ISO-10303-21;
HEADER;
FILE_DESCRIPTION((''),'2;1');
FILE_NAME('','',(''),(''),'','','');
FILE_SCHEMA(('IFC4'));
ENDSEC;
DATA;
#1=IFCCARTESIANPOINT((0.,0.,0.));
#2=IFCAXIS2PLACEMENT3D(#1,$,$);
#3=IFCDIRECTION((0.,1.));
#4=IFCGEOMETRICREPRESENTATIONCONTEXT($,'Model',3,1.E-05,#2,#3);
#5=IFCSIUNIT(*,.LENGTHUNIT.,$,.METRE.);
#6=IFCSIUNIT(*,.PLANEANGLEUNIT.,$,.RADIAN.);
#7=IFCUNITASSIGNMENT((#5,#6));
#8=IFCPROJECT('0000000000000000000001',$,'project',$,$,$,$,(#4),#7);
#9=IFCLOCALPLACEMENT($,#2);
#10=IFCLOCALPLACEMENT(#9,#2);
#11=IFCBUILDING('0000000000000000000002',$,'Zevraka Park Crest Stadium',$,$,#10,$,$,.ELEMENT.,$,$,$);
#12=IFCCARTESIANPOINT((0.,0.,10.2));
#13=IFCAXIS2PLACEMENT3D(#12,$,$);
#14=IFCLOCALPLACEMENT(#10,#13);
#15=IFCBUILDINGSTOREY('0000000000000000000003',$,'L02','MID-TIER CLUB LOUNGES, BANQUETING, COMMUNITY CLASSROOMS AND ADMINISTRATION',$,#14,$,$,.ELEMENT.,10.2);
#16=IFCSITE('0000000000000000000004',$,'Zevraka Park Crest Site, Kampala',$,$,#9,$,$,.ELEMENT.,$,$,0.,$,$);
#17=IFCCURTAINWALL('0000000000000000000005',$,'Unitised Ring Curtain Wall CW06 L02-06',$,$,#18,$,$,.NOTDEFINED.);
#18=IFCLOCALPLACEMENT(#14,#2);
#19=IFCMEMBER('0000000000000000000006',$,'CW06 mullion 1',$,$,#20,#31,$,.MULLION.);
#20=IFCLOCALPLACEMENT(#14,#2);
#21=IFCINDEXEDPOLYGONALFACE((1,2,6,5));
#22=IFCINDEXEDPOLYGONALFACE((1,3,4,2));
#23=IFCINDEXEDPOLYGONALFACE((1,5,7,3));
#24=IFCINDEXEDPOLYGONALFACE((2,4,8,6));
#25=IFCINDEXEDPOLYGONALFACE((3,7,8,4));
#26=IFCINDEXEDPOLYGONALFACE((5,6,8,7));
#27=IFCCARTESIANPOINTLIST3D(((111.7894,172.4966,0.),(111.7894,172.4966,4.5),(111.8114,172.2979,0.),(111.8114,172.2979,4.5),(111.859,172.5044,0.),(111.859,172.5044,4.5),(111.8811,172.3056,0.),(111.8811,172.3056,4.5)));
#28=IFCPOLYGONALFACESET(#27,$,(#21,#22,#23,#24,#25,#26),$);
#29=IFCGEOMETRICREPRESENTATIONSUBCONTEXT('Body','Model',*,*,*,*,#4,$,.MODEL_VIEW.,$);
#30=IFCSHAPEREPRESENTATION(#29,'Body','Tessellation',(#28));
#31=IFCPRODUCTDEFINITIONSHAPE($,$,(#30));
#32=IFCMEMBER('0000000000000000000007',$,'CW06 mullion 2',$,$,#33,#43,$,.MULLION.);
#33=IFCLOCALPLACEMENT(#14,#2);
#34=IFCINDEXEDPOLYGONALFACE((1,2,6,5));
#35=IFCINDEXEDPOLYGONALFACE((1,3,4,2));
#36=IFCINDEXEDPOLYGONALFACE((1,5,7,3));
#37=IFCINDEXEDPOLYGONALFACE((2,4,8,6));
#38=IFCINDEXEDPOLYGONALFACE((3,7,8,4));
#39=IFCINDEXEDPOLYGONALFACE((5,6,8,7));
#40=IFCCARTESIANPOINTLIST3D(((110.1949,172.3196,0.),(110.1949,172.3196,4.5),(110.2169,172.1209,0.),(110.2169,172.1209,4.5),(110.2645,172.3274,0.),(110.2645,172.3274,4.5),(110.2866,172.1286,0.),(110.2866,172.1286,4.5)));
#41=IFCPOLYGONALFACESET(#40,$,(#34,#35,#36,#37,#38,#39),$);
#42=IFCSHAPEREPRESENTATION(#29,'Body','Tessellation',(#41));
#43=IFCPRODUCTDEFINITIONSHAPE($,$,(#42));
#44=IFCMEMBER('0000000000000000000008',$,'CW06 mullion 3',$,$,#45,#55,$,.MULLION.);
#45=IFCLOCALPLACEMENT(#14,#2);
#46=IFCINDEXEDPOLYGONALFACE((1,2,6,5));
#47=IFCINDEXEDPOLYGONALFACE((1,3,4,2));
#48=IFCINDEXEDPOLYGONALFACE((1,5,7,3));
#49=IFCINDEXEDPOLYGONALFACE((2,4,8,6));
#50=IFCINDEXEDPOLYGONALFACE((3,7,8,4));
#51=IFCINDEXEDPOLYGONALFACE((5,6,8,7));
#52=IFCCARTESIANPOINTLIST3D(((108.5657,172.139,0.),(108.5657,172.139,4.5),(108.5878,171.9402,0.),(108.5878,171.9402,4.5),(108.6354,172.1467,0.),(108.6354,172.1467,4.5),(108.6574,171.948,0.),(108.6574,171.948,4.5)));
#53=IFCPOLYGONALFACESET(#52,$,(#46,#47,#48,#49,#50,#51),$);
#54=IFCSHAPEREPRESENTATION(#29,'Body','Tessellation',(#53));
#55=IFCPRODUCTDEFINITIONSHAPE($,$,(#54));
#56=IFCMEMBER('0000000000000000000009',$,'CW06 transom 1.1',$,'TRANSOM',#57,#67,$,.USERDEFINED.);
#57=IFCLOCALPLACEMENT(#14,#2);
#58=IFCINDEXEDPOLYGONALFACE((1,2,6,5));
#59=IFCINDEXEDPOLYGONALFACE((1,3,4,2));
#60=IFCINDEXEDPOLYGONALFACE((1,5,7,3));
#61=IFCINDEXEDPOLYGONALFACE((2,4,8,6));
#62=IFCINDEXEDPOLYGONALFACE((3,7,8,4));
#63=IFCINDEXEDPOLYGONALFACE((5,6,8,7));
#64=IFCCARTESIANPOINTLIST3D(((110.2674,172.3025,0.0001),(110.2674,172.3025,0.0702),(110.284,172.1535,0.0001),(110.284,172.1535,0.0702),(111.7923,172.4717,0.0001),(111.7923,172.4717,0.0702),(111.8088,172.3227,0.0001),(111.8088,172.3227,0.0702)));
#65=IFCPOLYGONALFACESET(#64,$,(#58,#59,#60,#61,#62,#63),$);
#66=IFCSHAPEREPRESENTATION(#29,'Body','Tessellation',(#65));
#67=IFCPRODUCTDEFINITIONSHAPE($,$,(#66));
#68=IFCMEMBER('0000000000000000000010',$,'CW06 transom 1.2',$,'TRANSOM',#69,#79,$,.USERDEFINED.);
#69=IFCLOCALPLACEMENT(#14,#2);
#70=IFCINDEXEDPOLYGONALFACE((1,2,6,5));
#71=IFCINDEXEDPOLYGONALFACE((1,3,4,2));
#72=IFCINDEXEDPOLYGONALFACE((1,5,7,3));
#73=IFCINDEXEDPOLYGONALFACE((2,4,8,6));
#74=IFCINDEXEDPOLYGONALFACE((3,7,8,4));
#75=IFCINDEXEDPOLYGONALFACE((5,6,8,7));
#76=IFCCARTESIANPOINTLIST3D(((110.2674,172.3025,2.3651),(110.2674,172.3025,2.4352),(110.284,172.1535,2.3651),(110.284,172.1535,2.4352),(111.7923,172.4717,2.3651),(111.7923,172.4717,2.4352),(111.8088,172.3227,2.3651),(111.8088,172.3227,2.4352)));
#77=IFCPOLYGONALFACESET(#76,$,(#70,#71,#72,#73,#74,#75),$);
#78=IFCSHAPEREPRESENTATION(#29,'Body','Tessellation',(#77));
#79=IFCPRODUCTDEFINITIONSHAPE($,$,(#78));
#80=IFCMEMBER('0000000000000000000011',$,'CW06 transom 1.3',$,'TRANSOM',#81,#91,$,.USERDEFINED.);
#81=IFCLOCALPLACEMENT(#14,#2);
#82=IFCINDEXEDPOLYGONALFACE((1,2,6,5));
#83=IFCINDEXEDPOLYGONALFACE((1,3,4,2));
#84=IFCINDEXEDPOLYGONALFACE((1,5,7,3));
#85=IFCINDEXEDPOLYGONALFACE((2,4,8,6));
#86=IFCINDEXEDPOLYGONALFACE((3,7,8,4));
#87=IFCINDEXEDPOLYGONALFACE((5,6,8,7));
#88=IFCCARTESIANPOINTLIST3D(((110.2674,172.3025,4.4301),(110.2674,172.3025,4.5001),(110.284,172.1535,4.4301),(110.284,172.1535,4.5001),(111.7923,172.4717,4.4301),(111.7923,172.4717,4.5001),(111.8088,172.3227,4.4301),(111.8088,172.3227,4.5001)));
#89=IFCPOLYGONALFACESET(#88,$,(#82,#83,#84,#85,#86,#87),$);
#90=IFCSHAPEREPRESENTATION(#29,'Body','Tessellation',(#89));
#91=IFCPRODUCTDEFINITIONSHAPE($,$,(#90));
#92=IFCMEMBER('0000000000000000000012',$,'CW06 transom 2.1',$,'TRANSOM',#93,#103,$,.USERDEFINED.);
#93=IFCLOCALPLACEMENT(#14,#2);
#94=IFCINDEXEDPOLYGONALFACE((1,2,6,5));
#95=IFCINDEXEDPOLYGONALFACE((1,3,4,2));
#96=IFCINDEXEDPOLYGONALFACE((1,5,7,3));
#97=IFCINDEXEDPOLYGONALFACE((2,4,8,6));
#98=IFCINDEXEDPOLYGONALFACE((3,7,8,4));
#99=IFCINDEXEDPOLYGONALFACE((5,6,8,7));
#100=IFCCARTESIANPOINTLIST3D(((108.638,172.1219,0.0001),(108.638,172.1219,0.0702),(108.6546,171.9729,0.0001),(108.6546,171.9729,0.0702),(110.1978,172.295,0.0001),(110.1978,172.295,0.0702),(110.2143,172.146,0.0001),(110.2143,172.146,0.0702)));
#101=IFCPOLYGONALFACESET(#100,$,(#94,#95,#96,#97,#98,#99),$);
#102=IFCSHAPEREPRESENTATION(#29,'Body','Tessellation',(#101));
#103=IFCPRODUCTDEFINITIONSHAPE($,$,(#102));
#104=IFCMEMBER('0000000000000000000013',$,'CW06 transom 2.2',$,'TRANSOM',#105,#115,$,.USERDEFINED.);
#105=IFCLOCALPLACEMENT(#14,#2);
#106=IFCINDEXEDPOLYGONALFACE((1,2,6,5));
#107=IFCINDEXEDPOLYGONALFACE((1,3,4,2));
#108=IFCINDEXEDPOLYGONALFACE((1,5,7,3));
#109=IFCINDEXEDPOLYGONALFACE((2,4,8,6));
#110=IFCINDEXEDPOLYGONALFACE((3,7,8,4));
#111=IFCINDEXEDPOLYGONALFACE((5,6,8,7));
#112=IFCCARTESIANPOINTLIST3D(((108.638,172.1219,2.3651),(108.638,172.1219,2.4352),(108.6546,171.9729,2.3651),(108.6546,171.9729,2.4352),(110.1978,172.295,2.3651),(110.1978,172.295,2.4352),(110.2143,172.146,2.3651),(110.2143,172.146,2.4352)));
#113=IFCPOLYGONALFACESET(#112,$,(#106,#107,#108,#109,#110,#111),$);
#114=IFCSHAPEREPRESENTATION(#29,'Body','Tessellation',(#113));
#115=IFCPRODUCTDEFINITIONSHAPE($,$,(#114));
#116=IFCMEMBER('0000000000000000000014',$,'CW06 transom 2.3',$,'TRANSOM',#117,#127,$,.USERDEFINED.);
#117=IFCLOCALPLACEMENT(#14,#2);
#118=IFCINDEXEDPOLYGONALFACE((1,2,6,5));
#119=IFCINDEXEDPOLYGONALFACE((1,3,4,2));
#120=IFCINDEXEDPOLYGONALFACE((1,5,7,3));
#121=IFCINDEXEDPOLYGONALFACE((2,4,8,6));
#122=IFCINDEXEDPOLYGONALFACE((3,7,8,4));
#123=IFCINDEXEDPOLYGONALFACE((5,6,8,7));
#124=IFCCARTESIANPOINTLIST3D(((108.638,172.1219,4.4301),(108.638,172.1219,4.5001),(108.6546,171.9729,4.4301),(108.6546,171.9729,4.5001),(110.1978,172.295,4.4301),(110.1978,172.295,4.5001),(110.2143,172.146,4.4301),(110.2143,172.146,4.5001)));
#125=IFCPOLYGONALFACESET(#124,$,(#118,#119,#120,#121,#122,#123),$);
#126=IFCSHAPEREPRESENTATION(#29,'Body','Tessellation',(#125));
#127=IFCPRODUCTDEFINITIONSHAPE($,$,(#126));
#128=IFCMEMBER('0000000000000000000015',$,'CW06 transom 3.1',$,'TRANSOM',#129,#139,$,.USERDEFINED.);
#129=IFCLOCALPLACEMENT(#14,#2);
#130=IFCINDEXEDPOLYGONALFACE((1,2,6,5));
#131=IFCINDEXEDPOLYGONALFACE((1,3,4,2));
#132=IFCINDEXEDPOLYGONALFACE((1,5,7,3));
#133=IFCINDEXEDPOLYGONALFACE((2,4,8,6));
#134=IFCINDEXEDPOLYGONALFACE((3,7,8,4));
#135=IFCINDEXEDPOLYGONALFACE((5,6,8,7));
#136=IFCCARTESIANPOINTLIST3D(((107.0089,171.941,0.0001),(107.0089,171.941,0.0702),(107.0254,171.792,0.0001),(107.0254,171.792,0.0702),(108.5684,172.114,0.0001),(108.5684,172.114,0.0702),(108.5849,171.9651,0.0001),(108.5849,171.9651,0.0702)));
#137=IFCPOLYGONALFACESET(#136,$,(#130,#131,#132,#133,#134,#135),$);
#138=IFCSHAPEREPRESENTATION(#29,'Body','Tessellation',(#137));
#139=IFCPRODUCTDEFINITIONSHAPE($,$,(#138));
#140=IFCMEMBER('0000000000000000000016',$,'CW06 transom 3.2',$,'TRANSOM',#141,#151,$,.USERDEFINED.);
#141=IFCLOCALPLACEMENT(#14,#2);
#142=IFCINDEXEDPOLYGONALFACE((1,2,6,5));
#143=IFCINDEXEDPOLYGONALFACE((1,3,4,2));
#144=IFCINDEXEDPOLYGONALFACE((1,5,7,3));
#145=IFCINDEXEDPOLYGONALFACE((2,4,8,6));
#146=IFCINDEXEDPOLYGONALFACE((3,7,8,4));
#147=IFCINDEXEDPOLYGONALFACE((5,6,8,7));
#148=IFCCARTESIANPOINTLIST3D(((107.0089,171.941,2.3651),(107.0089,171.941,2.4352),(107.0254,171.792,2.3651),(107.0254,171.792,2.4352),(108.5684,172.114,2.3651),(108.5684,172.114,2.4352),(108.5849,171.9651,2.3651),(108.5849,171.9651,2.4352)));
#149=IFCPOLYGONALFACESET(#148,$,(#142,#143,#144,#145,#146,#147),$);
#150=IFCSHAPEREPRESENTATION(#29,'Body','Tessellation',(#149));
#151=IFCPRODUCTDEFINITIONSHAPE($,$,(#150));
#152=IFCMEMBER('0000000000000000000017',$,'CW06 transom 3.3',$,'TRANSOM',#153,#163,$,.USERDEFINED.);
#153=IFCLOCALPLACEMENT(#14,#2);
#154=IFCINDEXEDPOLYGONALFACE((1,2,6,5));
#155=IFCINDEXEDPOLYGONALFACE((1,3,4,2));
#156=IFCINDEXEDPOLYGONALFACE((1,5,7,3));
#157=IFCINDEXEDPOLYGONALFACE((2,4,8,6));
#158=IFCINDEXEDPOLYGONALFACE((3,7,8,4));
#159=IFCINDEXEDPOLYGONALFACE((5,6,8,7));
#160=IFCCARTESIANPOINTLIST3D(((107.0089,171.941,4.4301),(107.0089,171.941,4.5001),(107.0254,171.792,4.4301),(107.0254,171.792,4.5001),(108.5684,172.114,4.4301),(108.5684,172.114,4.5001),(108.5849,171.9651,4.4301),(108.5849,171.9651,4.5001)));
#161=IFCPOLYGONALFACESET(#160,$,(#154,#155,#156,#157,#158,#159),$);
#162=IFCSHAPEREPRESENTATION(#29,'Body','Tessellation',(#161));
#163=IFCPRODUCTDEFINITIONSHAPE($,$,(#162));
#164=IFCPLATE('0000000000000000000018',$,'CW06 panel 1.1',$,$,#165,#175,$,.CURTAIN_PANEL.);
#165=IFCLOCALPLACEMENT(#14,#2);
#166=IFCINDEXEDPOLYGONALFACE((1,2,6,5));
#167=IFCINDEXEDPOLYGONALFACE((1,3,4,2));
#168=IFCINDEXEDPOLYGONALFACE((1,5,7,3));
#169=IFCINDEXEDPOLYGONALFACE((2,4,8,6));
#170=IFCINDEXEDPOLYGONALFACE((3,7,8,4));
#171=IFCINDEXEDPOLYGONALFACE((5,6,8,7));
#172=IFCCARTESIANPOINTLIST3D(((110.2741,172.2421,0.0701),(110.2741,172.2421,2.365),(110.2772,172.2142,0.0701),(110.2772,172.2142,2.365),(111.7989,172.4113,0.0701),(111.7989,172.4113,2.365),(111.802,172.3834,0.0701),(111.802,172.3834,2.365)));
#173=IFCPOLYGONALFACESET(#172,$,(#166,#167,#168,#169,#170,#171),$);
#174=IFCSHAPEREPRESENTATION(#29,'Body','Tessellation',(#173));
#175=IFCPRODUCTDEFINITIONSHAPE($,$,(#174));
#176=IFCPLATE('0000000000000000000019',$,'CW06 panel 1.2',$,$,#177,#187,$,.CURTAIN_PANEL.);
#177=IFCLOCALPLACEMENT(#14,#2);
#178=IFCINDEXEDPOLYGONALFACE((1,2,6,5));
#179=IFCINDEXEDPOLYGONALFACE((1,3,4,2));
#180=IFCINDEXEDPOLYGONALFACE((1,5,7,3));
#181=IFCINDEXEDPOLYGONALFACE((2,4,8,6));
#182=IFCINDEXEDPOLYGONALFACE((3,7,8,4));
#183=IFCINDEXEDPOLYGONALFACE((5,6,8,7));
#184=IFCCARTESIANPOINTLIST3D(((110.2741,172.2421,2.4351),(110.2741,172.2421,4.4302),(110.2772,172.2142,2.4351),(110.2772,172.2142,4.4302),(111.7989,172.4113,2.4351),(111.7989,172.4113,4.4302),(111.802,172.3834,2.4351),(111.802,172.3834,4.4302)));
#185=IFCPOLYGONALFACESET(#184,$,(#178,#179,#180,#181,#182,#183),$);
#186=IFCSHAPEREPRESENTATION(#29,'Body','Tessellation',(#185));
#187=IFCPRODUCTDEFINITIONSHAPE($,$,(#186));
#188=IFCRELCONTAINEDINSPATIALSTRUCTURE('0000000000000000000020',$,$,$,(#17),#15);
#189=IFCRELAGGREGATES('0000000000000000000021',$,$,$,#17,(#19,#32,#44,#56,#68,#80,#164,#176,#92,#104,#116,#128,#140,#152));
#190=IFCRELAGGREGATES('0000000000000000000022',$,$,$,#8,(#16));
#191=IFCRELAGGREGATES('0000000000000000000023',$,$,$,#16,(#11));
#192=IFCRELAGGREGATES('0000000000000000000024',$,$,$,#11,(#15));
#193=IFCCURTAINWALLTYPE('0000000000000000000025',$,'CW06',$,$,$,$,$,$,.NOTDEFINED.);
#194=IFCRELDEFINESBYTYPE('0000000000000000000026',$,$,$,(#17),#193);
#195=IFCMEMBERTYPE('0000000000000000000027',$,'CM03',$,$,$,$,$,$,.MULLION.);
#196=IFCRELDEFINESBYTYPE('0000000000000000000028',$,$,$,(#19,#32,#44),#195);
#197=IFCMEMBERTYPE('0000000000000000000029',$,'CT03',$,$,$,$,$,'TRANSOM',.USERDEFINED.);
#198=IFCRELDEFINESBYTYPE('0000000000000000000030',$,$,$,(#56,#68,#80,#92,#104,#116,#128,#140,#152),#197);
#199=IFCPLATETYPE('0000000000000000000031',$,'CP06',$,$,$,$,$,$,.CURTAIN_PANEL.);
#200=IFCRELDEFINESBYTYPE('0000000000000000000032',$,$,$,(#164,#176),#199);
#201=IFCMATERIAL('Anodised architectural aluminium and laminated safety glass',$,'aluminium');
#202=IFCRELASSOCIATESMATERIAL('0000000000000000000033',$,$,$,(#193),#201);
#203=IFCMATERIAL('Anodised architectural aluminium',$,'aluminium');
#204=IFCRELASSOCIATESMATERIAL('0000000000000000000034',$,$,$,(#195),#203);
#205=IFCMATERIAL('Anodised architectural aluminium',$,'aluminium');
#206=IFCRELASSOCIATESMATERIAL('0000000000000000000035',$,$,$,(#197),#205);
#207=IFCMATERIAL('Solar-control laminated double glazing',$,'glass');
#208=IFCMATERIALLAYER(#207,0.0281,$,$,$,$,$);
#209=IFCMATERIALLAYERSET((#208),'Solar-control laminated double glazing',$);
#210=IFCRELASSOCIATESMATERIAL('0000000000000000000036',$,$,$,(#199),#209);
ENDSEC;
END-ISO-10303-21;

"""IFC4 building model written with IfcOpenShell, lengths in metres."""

from ifc_helpers import new_model, si_unit, direction, frame, origin, origin_2d, place, context, subcontext, project, spatial, rectangle, extrude, material, layer, layer_set, material_profile, profile_set, type_object, element, aggregate, save


model = new_model("IFC4")

# Units and contexts
model_context = context("Model", 3, precision=1e-05, world=origin(), true_north=direction((0.0, 1.0)))
body_context = subcontext(model_context, "Body", "Model", "MODEL_VIEW")
ifc_project = project(units=[si_unit("LENGTHUNIT", "METRE"), si_unit("PLANEANGLEUNIT", "RADIAN")], contexts=[model_context])

# Site, building, storey
site_placement = place(None, origin())
site = spatial("IfcSite", under=ifc_project, at=site_placement, Name="Zevraka Park Crest Site, Kampala", CompositionType="ELEMENT", RefElevation=0.0)
building_placement = place(site_placement, origin())
building = spatial("IfcBuilding", under=site, at=building_placement, Name="Zevraka Park Crest Stadium", CompositionType="ELEMENT")
storey_placement = place(building_placement, frame((0.0, 0.0, 10.2)))
storey = spatial("IfcBuildingStorey", under=building, at=storey_placement, Name="L02", Description="MID-TIER CLUB LOUNGES, BANQUETING, COMMUNITY CLASSROOMS AND ADMINISTRATION", CompositionType="ELEMENT", Elevation=10.2)

# Curtain wall, members, plates
ifc_material_1 = material(Name="Anodised architectural aluminium and laminated safety glass", Category="aluminium")
curtain_wall_type = type_object("IfcCurtainWallType", Name="CW06", PredefinedType="NOTDEFINED", material=ifc_material_1)
curtain_wall_placement = place(storey_placement, origin())
curtain_wall = element("IfcCurtainWall", 1, at=curtain_wall_placement, inside=storey, type_object=curtain_wall_type, Name="Unitised Ring Curtain Wall CW06 L02-06", PredefinedType="NOTDEFINED")
ifc_material_2 = material(Name="Anodised architectural aluminium", Category="aluminium")
ifc_material_profile_1 = material_profile(ifc_material_2, rectangle(XDim=0.2, YDim=0.0701, at=origin_2d()), Name="ALU MULLION 200x70")
ifc_profile_set_1 = profile_set([ifc_material_profile_1], Name="Anodised architectural aluminium")
member_type_1 = type_object("IfcMemberType", Name="CM03", PredefinedType="MULLION", material=ifc_profile_set_1)
member_1_placement = place(storey_placement, frame((111.8352, 172.4011, 0.0), z_axis=(0.0, 0.0, 1.0), x_axis=(0.110293, -0.993899, 0.0)))
member_1 = element("IfcMember", 2, at=member_1_placement, type_object=member_type_1, Name="CW06 mullion 1", PredefinedType="MULLION", context=body_context, shape_type="SweptSolid", body=[
    extrude(rectangle(XDim=0.2, YDim=0.0701, at=origin_2d()), origin(), (0.0, 0.0, 1.0), 4.5),
])
member_2_placement = place(storey_placement, frame((110.2407, 172.2241, 0.0), z_axis=(0.0, 0.0, 1.0), x_axis=(0.110293, -0.993899, 0.0)))
member_2 = element("IfcMember", 3, at=member_2_placement, type_object=member_type_1, Name="CW06 mullion 2", PredefinedType="MULLION", context=body_context, shape_type="SweptSolid", body=[
    extrude(rectangle(XDim=0.2, YDim=0.0701, at=origin_2d()), origin(), (0.0, 0.0, 1.0), 4.5),
])
member_3_placement = place(storey_placement, frame((108.6116, 172.0435, 0.0), z_axis=(0.0, 0.0, 1.0), x_axis=(0.110293, -0.993899, 0.0)))
member_3 = element("IfcMember", 4, at=member_3_placement, type_object=member_type_1, Name="CW06 mullion 3", PredefinedType="MULLION", context=body_context, shape_type="SweptSolid", body=[
    extrude(rectangle(XDim=0.2, YDim=0.0701, at=origin_2d()), origin(), (0.0, 0.0, 1.0), 4.5),
])
ifc_material_3 = material(Name="Anodised architectural aluminium", Category="aluminium")
ifc_material_profile_2 = material_profile(ifc_material_3, rectangle(XDim=0.1499, YDim=0.0701, at=origin_2d()), Name="ALU TRANSOM 150x70")
ifc_profile_set_2 = profile_set([ifc_material_profile_2], Name="Anodised architectural aluminium")
member_type_2 = type_object("IfcMemberType", Name="CT03", ElementType="TRANSOM", PredefinedType="USERDEFINED", material=ifc_profile_set_2)
member_4_placement = place(storey_placement, frame((111.8005, 172.3972, 0.0352), z_axis=(-0.993901, -0.110274, 0.0), x_axis=(0.110274, -0.993901, 0.0)))
member_4 = element("IfcMember", 5, at=member_4_placement, type_object=member_type_2, Name="CW06 transom 1.1", ObjectType="TRANSOM", PredefinedType="USERDEFINED", context=body_context, shape_type="SweptSolid", body=[
    extrude(rectangle(XDim=0.1499, YDim=0.0701, at=origin_2d()), origin(), (0.0, 0.0, 1.0), 1.5342),
])
member_5_placement = place(storey_placement, frame((111.8005, 172.3972, 2.4001), z_axis=(-0.993901, -0.110274, 0.0), x_axis=(0.110274, -0.993901, 0.0)))
member_5 = element("IfcMember", 6, at=member_5_placement, type_object=member_type_2, Name="CW06 transom 1.2", ObjectType="TRANSOM", PredefinedType="USERDEFINED", context=body_context, shape_type="SweptSolid", body=[
    extrude(rectangle(XDim=0.1499, YDim=0.0701, at=origin_2d()), origin(), (0.0, 0.0, 1.0), 1.5342),
])
member_6_placement = place(storey_placement, frame((111.8005, 172.3972, 4.4651), z_axis=(-0.993901, -0.110274, 0.0), x_axis=(0.110274, -0.993901, 0.0)))
member_6 = element("IfcMember", 7, at=member_6_placement, type_object=member_type_2, Name="CW06 transom 1.3", ObjectType="TRANSOM", PredefinedType="USERDEFINED", context=body_context, shape_type="SweptSolid", body=[
    extrude(rectangle(XDim=0.1499, YDim=0.0701, at=origin_2d()), origin(), (0.0, 0.0, 1.0), 1.5342),
])
member_7_placement = place(storey_placement, frame((110.2061, 172.2205, 0.0352), z_axis=(-0.993899, -0.110295, 0.0), x_axis=(0.110295, -0.993899, 0.0)))
member_7 = element("IfcMember", 8, at=member_7_placement, type_object=member_type_2, Name="CW06 transom 2.1", ObjectType="TRANSOM", PredefinedType="USERDEFINED", context=body_context, shape_type="SweptSolid", body=[
    extrude(rectangle(XDim=0.1499, YDim=0.0701, at=origin_2d()), origin(), (0.0, 0.0, 1.0), 1.5693),
])
member_8_placement = place(storey_placement, frame((110.2061, 172.2205, 2.4001), z_axis=(-0.993899, -0.110295, 0.0), x_axis=(0.110295, -0.993899, 0.0)))
member_8 = element("IfcMember", 9, at=member_8_placement, type_object=member_type_2, Name="CW06 transom 2.2", ObjectType="TRANSOM", PredefinedType="USERDEFINED", context=body_context, shape_type="SweptSolid", body=[
    extrude(rectangle(XDim=0.1499, YDim=0.0701, at=origin_2d()), origin(), (0.0, 0.0, 1.0), 1.5693),
])
member_9_placement = place(storey_placement, frame((110.2061, 172.2205, 4.4651), z_axis=(-0.993899, -0.110295, 0.0), x_axis=(0.110295, -0.993899, 0.0)))
member_9 = element("IfcMember", 10, at=member_9_placement, type_object=member_type_2, Name="CW06 transom 2.3", ObjectType="TRANSOM", PredefinedType="USERDEFINED", context=body_context, shape_type="SweptSolid", body=[
    extrude(rectangle(XDim=0.1499, YDim=0.0701, at=origin_2d()), origin(), (0.0, 0.0, 1.0), 1.5693),
])
member_10_placement = place(storey_placement, frame((108.5767, 172.0396, 0.0352), z_axis=(-0.993897, -0.110312, 0.0), x_axis=(0.110312, -0.993897, 0.0)))
member_10 = element("IfcMember", 11, at=member_10_placement, type_object=member_type_2, Name="CW06 transom 3.1", ObjectType="TRANSOM", PredefinedType="USERDEFINED", context=body_context, shape_type="SweptSolid", body=[
    extrude(rectangle(XDim=0.1499, YDim=0.0701, at=origin_2d()), origin(), (0.0, 0.0, 1.0), 1.5691),
])
member_11_placement = place(storey_placement, frame((108.5767, 172.0396, 2.4001), z_axis=(-0.993897, -0.110312, 0.0), x_axis=(0.110312, -0.993897, 0.0)))
member_11 = element("IfcMember", 12, at=member_11_placement, type_object=member_type_2, Name="CW06 transom 3.2", ObjectType="TRANSOM", PredefinedType="USERDEFINED", context=body_context, shape_type="SweptSolid", body=[
    extrude(rectangle(XDim=0.1499, YDim=0.0701, at=origin_2d()), origin(), (0.0, 0.0, 1.0), 1.5691),
])
member_12_placement = place(storey_placement, frame((108.5767, 172.0396, 4.4651), z_axis=(-0.993897, -0.110312, 0.0), x_axis=(0.110312, -0.993897, 0.0)))
member_12 = element("IfcMember", 13, at=member_12_placement, type_object=member_type_2, Name="CW06 transom 3.3", ObjectType="TRANSOM", PredefinedType="USERDEFINED", context=body_context, shape_type="SweptSolid", body=[
    extrude(rectangle(XDim=0.1499, YDim=0.0701, at=origin_2d()), origin(), (0.0, 0.0, 1.0), 1.5691),
])
ifc_material_4 = material(Name="Solar-control laminated double glazing", Category="glass")
ifc_layer_1 = layer(ifc_material_4, 0.0281)
ifc_layer_set_1 = layer_set([ifc_layer_1], Name="Solar-control laminated double glazing")
plate_type = type_object("IfcPlateType", Name="CP06", PredefinedType="CURTAIN_PANEL", material=ifc_layer_set_1)
plate_1_placement = place(storey_placement, frame((111.0381, 172.3127, 0.0701), z_axis=(0.0, 0.0, 1.0), x_axis=(-0.993899, -0.110293, 0.0)))
plate_1 = element("IfcPlate", 14, at=plate_1_placement, type_object=plate_type, Name="CW06 panel 1.1", PredefinedType="CURTAIN_PANEL", context=body_context, shape_type="SweptSolid", body=[
    extrude(rectangle(XDim=1.5342, YDim=0.0281, at=origin_2d()), origin(), (0.0, 0.0, 1.0), 2.2949),
])
plate_2_placement = place(storey_placement, frame((111.0381, 172.3127, 2.4351), z_axis=(0.0, 0.0, 1.0), x_axis=(-0.993899, -0.110293, 0.0)))
plate_2 = element("IfcPlate", 15, at=plate_2_placement, type_object=plate_type, Name="CW06 panel 1.2", PredefinedType="CURTAIN_PANEL", context=body_context, shape_type="SweptSolid", body=[
    extrude(rectangle(XDim=1.5342, YDim=0.0281, at=origin_2d()), origin(), (0.0, 0.0, 1.0), 1.9951),
])
aggregate(curtain_wall, [member_1, member_2, member_3, member_4, member_5, member_6, plate_1, plate_2, member_7, member_8, member_9, member_10, member_11, member_12])

save(model, "model.ifc")
